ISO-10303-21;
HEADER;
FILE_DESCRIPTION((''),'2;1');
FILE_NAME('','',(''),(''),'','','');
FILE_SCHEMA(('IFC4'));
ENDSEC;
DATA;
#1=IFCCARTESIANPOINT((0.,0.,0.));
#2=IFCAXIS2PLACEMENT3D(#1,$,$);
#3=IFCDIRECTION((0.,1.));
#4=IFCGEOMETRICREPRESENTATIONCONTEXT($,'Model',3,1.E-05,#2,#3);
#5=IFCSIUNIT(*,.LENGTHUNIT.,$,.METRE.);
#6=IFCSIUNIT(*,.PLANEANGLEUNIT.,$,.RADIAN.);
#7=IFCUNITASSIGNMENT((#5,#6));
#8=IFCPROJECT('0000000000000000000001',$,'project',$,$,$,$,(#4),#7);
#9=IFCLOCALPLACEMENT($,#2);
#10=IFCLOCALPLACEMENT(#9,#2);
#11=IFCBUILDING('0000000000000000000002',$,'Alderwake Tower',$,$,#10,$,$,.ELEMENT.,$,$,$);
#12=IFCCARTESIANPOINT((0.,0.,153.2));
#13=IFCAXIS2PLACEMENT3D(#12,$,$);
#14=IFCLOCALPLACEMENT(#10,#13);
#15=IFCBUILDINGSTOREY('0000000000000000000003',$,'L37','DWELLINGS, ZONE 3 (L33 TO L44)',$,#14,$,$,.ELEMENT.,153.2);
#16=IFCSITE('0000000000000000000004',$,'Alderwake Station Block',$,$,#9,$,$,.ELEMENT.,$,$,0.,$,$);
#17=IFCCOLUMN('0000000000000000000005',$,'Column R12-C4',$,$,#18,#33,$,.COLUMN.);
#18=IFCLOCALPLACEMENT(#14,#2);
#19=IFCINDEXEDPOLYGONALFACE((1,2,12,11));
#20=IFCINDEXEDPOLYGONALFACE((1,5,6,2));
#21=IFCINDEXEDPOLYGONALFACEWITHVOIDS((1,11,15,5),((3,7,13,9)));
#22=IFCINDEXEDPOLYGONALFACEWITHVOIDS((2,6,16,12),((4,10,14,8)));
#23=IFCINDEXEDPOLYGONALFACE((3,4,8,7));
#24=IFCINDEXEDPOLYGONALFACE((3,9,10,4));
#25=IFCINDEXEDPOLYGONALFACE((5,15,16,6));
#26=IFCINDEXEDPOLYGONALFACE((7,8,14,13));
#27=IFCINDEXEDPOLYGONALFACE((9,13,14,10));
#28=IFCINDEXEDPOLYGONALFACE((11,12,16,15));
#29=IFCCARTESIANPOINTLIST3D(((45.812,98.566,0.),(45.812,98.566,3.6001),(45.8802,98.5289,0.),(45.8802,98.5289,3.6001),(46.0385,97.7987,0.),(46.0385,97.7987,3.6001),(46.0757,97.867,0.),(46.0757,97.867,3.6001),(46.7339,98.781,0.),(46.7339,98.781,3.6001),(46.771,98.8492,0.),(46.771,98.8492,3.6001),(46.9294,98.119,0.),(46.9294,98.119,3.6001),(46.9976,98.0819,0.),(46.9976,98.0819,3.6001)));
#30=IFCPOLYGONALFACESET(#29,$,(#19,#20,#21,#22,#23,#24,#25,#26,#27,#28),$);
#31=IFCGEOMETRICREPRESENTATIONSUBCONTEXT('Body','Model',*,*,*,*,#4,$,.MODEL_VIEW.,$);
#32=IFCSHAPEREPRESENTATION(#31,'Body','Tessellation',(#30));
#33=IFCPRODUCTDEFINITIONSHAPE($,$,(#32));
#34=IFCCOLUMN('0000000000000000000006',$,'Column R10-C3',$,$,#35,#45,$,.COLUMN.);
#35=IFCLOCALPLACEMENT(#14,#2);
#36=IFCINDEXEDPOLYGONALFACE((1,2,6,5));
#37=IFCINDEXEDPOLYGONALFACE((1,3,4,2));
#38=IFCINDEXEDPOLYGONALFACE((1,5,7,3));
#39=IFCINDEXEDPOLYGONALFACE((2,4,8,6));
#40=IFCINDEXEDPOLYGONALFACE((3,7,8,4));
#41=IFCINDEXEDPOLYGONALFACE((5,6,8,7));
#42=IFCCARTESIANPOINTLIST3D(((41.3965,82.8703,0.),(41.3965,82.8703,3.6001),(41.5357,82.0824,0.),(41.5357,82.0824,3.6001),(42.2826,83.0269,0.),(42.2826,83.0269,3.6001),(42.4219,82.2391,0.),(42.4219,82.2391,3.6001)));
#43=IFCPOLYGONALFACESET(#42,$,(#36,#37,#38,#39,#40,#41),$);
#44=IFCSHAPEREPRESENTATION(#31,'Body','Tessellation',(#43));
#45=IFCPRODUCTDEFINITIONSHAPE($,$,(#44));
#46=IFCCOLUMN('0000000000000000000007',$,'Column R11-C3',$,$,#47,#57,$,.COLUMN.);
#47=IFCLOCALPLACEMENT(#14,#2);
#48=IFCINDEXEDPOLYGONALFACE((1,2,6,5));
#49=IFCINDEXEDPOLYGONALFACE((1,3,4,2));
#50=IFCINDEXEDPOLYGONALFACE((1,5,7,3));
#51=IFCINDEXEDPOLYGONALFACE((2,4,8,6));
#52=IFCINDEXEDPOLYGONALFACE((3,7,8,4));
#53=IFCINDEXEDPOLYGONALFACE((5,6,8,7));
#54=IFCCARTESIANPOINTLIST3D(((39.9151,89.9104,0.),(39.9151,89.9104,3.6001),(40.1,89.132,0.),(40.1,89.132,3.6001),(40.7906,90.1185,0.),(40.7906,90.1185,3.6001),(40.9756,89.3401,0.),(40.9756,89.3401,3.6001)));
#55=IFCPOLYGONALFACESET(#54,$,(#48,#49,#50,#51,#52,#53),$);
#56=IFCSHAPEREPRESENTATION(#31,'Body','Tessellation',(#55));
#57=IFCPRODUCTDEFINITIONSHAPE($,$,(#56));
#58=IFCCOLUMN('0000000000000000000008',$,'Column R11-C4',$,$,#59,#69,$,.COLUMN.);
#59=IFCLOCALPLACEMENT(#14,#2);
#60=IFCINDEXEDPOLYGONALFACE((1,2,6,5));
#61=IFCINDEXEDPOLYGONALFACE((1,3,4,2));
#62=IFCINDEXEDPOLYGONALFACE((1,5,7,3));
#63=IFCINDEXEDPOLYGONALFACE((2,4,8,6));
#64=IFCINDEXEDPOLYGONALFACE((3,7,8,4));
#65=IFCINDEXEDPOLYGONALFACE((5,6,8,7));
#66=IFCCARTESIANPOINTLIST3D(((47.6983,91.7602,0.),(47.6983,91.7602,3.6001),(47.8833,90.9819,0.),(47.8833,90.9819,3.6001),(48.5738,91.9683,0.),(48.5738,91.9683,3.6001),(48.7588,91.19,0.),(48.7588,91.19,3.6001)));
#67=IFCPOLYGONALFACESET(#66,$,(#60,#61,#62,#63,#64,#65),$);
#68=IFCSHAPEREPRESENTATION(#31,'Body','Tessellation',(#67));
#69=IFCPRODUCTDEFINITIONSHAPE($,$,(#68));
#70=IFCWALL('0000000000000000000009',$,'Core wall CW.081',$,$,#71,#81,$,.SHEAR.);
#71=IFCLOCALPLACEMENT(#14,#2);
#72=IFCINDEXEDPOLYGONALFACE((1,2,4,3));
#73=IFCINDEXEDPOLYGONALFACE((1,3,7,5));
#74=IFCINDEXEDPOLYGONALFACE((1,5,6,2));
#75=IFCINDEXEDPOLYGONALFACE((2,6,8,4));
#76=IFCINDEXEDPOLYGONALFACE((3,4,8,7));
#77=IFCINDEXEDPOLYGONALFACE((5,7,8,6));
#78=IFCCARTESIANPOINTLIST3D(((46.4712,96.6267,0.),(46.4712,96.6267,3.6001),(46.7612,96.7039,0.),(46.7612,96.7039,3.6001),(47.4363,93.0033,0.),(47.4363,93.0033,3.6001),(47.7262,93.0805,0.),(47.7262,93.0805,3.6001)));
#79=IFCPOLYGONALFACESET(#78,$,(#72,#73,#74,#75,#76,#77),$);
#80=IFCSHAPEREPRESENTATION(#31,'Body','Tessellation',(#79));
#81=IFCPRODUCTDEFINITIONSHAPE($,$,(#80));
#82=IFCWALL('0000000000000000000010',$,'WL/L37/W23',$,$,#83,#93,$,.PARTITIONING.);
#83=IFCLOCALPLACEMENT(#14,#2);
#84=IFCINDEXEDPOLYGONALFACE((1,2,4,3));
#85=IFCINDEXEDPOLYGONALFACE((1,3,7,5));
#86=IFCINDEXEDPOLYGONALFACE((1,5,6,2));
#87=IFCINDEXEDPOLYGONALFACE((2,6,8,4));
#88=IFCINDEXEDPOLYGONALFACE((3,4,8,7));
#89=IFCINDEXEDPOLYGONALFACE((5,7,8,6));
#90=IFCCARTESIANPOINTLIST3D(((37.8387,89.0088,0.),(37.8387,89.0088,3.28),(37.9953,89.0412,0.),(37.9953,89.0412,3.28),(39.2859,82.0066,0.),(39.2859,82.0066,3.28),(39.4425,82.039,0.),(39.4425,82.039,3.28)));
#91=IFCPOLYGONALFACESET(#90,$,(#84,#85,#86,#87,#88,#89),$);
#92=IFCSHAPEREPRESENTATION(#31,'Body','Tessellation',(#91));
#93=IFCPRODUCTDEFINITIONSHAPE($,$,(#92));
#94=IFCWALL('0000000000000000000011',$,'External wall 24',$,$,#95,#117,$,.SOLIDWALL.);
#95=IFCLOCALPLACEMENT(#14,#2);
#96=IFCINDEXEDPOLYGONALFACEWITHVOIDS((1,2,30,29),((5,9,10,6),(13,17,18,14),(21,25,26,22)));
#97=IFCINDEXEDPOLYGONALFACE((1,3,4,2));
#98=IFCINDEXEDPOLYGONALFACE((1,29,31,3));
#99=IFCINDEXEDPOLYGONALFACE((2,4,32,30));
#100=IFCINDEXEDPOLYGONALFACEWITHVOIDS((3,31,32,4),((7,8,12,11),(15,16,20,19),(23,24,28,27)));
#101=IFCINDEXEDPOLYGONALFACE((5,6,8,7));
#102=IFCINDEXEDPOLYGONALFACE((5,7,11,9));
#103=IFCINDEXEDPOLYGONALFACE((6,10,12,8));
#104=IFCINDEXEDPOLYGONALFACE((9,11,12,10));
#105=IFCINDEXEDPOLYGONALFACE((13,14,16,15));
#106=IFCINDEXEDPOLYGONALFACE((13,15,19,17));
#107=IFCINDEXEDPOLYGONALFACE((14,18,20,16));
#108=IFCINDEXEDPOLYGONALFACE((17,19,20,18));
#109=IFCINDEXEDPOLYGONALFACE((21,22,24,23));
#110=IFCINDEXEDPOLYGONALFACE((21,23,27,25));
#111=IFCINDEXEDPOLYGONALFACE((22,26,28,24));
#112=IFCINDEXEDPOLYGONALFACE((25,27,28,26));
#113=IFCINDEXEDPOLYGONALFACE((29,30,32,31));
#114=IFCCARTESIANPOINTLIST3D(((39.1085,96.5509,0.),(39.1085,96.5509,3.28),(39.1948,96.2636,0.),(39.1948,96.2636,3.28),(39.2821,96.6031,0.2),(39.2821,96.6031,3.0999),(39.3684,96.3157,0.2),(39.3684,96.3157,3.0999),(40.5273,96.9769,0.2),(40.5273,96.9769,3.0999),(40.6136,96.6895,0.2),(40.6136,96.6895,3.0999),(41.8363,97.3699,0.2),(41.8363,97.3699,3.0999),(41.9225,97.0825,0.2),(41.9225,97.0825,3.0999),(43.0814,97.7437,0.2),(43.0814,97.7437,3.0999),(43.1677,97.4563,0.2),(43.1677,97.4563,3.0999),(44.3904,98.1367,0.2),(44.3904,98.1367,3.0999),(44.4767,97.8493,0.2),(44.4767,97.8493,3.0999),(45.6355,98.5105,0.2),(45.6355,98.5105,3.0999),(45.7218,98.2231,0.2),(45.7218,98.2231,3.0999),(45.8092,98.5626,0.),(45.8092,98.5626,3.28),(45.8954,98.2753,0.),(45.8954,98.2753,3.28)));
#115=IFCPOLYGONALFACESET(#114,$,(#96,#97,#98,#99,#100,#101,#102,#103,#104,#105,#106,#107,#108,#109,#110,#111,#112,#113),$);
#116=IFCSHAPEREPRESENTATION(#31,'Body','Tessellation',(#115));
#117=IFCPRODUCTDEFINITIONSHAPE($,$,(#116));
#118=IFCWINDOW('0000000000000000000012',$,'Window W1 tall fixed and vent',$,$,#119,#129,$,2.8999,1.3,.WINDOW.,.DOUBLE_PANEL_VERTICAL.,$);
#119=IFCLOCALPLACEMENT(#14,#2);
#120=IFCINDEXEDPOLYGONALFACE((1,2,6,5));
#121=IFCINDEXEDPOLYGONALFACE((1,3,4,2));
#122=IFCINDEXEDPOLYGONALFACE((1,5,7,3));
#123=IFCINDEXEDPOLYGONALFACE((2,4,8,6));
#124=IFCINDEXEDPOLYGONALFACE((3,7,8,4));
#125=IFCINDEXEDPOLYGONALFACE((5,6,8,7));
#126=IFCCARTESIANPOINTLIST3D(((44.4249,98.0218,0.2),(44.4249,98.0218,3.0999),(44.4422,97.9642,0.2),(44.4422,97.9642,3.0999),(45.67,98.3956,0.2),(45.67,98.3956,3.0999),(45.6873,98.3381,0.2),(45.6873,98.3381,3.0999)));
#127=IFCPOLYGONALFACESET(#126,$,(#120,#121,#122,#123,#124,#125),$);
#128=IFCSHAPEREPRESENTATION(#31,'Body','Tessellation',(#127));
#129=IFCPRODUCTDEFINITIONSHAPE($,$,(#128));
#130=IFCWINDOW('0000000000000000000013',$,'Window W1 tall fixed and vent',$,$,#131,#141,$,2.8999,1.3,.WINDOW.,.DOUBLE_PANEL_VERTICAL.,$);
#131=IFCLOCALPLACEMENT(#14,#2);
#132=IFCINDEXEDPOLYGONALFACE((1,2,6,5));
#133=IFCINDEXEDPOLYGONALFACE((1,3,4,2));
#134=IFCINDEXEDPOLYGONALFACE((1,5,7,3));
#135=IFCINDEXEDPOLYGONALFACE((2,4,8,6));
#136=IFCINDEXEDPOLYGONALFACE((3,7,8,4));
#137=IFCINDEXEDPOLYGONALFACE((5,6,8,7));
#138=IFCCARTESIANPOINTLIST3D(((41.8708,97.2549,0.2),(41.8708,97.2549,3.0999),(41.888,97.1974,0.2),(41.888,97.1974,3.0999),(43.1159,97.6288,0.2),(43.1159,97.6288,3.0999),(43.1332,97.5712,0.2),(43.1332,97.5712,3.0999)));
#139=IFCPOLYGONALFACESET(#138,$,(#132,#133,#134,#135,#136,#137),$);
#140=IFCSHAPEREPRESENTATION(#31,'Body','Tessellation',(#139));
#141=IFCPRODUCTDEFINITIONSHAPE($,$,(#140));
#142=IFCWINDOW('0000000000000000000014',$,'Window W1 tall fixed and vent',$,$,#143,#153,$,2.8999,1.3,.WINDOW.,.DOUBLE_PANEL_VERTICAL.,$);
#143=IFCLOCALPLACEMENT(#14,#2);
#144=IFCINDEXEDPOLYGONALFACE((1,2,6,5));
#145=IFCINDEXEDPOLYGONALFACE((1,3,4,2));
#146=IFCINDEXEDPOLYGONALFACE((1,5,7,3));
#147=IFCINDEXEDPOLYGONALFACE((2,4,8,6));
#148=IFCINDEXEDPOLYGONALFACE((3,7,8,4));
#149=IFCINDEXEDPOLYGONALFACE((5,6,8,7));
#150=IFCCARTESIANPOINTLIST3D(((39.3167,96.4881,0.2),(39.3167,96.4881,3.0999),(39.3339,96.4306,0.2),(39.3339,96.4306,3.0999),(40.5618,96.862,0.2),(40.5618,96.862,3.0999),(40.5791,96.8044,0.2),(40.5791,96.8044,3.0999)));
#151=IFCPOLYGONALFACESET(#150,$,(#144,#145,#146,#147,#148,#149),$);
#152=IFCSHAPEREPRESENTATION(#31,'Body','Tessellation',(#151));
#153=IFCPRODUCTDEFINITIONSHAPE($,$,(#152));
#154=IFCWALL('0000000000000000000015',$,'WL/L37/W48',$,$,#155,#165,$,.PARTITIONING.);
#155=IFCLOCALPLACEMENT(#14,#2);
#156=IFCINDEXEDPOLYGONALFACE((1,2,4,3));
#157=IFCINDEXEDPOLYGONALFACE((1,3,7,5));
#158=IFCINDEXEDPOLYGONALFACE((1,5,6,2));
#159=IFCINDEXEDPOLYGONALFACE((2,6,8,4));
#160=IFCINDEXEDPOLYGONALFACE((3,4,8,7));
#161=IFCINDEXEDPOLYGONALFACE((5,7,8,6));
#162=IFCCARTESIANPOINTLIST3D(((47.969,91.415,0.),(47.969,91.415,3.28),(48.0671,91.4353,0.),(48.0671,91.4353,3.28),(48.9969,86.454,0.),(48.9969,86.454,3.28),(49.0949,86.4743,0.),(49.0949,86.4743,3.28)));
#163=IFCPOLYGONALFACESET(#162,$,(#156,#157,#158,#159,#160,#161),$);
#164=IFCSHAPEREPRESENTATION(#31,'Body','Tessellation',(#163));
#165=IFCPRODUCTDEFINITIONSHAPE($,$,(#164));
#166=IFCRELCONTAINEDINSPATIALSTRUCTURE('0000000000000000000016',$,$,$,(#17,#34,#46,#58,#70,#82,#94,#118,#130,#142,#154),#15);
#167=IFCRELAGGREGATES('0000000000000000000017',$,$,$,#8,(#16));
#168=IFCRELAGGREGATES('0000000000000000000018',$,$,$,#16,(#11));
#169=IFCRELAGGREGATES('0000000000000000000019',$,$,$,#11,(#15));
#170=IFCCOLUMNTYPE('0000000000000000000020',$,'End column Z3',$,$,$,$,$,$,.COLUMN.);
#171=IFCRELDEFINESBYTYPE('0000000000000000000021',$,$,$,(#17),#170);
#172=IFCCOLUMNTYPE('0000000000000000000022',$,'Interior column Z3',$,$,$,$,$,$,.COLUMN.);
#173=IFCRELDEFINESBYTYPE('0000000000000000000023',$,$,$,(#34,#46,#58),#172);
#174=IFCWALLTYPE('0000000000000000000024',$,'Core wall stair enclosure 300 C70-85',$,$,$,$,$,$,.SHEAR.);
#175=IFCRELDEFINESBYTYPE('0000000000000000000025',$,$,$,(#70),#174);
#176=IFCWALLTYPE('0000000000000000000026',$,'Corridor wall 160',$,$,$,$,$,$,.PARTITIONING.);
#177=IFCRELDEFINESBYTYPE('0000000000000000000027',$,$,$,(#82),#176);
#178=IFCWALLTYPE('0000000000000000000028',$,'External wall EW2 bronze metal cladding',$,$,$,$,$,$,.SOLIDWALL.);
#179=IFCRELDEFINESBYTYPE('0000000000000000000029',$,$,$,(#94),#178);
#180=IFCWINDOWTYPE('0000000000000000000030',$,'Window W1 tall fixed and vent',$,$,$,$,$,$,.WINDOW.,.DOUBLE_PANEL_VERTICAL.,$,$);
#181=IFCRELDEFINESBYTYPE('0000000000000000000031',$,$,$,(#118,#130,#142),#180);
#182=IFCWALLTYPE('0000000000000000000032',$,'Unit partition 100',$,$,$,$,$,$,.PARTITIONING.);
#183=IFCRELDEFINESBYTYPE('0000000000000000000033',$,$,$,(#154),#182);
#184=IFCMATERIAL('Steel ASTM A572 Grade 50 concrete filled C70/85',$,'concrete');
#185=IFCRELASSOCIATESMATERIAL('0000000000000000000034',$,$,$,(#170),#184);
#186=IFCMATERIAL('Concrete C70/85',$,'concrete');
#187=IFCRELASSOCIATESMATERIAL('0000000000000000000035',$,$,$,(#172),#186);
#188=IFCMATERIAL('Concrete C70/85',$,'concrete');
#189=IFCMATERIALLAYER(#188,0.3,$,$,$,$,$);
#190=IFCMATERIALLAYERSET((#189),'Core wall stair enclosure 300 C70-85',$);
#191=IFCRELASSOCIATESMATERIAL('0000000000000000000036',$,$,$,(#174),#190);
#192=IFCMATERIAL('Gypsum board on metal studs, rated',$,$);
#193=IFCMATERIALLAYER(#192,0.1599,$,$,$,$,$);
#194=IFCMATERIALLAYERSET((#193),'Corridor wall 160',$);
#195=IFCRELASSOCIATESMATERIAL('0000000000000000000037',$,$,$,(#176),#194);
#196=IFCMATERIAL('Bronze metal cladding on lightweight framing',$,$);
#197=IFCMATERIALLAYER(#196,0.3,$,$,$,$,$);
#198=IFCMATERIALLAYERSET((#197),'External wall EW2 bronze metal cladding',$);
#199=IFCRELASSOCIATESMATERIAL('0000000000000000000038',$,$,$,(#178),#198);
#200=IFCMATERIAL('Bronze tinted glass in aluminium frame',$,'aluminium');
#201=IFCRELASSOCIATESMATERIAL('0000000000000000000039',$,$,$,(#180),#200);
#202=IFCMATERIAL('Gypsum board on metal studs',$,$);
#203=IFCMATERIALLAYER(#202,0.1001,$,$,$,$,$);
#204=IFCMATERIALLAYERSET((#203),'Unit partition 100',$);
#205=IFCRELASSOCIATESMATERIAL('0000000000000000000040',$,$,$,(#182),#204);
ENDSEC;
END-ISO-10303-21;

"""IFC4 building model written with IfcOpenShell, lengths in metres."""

from ifc_helpers import new_model, si_unit, direction, frame, frame_2d, origin, origin_2d, place, context, subcontext, project, spatial, rectangle, hollow_rectangle, extrude, material, layer, layer_set, material_profile, profile_set, type_object, element, fill, save


model = new_model("IFC4")

# Units and contexts
model_context = context("Model", 3, precision=1e-05, world=origin(), true_north=direction((0.0, 1.0)))
body_context = subcontext(model_context, "Body", "Model", "MODEL_VIEW")
ifc_project = project(units=[si_unit("LENGTHUNIT", "METRE"), si_unit("PLANEANGLEUNIT", "RADIAN")], contexts=[model_context])

# Site, building, storey
site_placement = place(None, origin())
site = spatial("IfcSite", under=ifc_project, at=site_placement, Name="Alderwake Station Block", CompositionType="ELEMENT", RefElevation=0.0)
building_placement = place(site_placement, origin())
building = spatial("IfcBuilding", under=site, at=building_placement, Name="Alderwake Tower", CompositionType="ELEMENT")
storey_placement = place(building_placement, frame((0.0, 0.0, 153.2)))
storey = spatial("IfcBuildingStorey", under=building, at=storey_placement, Name="L37", Description="DWELLINGS, ZONE 3 (L33 TO L44)", CompositionType="ELEMENT", Elevation=153.2)

# Columns
ifc_material_1 = material(Name="Steel ASTM A572 Grade 50 concrete filled C70/85", Category="concrete")
ifc_material_profile_1 = material_profile(ifc_material_1, hollow_rectangle(XDim=0.8, YDim=1.0, WallThickness=0.0549, at=origin_2d()), Name="BOX 1000X800X55")
ifc_profile_set_1 = profile_set([ifc_material_profile_1], Name="Steel ASTM A572 Grade 50 concrete filled C70/85")
column_type_1 = type_object("IfcColumnType", Name="End column Z3", PredefinedType="COLUMN", material=ifc_profile_set_1)
column_placement = place(storey_placement, frame((46.4048, 98.324, 0.0), z_axis=(0.0, 0.0, 1.0), x_axis=(-0.283185, 0.959065, 0.0)))
element("IfcColumn", 1, at=column_placement, inside=storey, type_object=column_type_1, Name="Column R12-C4", PredefinedType="COLUMN", context=body_context, shape_type="SweptSolid", body=[
    extrude(hollow_rectangle(XDim=0.8, YDim=1.0, WallThickness=0.0549, at=origin_2d()), origin(), (0.0, 0.0, 1.0), 3.6001),
])
ifc_material_2 = material(Name="Concrete C70/85", Category="concrete")
ifc_material_profile_2 = material_profile(ifc_material_2, rectangle(XDim=0.8, YDim=0.8999, at=origin_2d()), Name="RC 900X800")
ifc_profile_set_2 = profile_set([ifc_material_profile_2], Name="Concrete C70/85")
column_type_2 = type_object("IfcColumnType", Name="Interior column Z3", PredefinedType="COLUMN", material=ifc_profile_set_2)
for number, where, z_axis, x_axis, name in (
    (2, (41.9092, 82.5547, 0.0), (0.0, 0.0, 1.0), (-0.174109, 0.984726, 0.0), "Column R10-C3"),
    (3, (40.4453, 89.6252, 0.0), (0.0, 0.0, 1.0), (-0.231222, 0.972901, 0.0), "Column R11-C3"),
    (4, (48.2285, 91.4751, 0.0), (0.0, 0.0, 1.0), (-0.231222, 0.972901, 0.0), "Column R11-C4"),
):
    element("IfcColumn", number, at=place(storey_placement, frame(where, z_axis=z_axis, x_axis=x_axis)), inside=storey, type_object=column_type_2, Name=name, PredefinedType="COLUMN", context=body_context, shape_type="SweptSolid", body=[
        extrude(rectangle(XDim=0.8, YDim=0.8999, at=origin_2d()), origin(), (0.0, 0.0, 1.0), 3.6001),
    ])

# Walls
ifc_material_3 = material(Name="Concrete C70/85", Category="concrete")
ifc_layer_1 = layer(ifc_material_3, 0.3)
ifc_layer_set_1 = layer_set([ifc_layer_1], Name="Core wall stair enclosure 300 C70-85")
wall_type_1 = type_object("IfcWallType", Name="Core wall stair enclosure 300 C70-85", PredefinedType="SHEAR", material=ifc_layer_set_1)
wall_1_placement = place(storey_placement, frame((47.5813, 93.0417, 0.0), z_axis=(0.0, 0.0, 1.0), x_axis=(-0.257367, 0.966314, 0.0)))
element("IfcWall", 5, at=wall_1_placement, inside=storey, type_object=wall_type_1, Name="Core wall CW.081", PredefinedType="SHEAR", context=body_context, shape_type="SweptSolid", body=[
    extrude(rectangle(XDim=3.7498, YDim=0.3, at=frame_2d((1.875, 0.0))), origin(), (0.0, 0.0, 1.0), 3.6001),
])
ifc_material_4 = material(Name="Gypsum board on metal studs, rated")
ifc_layer_2 = layer(ifc_material_4, 0.1599)
ifc_layer_set_2 = layer_set([ifc_layer_2], Name="Corridor wall 160")
wall_type_2 = type_object("IfcWallType", Name="Corridor wall 160", PredefinedType="PARTITIONING", material=ifc_layer_set_2)
wall_2_placement = place(storey_placement, frame((39.3643, 82.0227, 0.0), z_axis=(0.0, 0.0, 1.0), x_axis=(-0.202409, 0.979301, 0.0)))
element("IfcWall", 6, at=wall_2_placement, inside=storey, type_object=wall_type_2, Name="WL/L37/W23", PredefinedType="PARTITIONING", context=body_context, shape_type="SweptSolid", body=[
    extrude(rectangle(XDim=7.1501, YDim=0.1599, at=frame_2d((3.5752, 0.0))), origin(), (0.0, 0.0, 1.0), 3.28),
])

# Wall, openings, windows
ifc_material_5 = material(Name="Bronze metal cladding on lightweight framing")
ifc_layer_3 = layer(ifc_material_5, 0.3)
ifc_layer_set_3 = layer_set([ifc_layer_3], Name="External wall EW2 bronze metal cladding")
wall_type_3 = type_object("IfcWallType", Name="External wall EW2 bronze metal cladding", PredefinedType="SOLIDWALL", material=ifc_layer_set_3)
wall_3_placement = place(storey_placement, frame((45.8523, 98.4189, 0.0), z_axis=(0.0, 0.0, 1.0), x_axis=(-0.957767, -0.287546, 0.0)))
wall_3 = element("IfcWall", 7, at=wall_3_placement, inside=storey, type_object=wall_type_3, Name="External wall 24", PredefinedType="SOLIDWALL", context=body_context, shape_type="SweptSolid", body=[
    extrude(rectangle(XDim=6.9961, YDim=0.3, at=frame_2d((3.498, 0.0))), origin(), (0.0, 0.0, 1.0), 3.28),
])
opening_1_placement = place(wall_3_placement, frame((0.1814, 0.0, 0.2)))
opening_1 = element("IfcOpeningElement", 8, at=opening_1_placement, cuts=wall_3, PredefinedType="OPENING", context=body_context, shape_type="SweptSolid", body=[
    extrude(rectangle(XDim=1.3, YDim=2.8999, at=frame_2d((0.6499, 1.45))), frame((0.0, 0.1599, 0.0), z_axis=(0.0, -1.0, 0.0), x_axis=(1.0, 0.0, 0.0)), (0.0, 0.0, 1.0), 0.3201),
])
opening_2_placement = place(wall_3_placement, frame((2.8481, 0.0, 0.2)))
opening_2 = element("IfcOpeningElement", 9, at=opening_2_placement, cuts=wall_3, PredefinedType="OPENING", context=body_context, shape_type="SweptSolid", body=[
    extrude(rectangle(XDim=1.3, YDim=2.8999, at=frame_2d((0.6499, 1.45))), frame((0.0, 0.1599, 0.0), z_axis=(0.0, -1.0, 0.0), x_axis=(1.0, 0.0, 0.0)), (0.0, 0.0, 1.0), 0.3201),
])
opening_3_placement = place(wall_3_placement, frame((5.5149, 0.0, 0.2)))
opening_3 = element("IfcOpeningElement", 10, at=opening_3_placement, cuts=wall_3, PredefinedType="OPENING", context=body_context, shape_type="SweptSolid", body=[
    extrude(rectangle(XDim=1.3, YDim=2.8999, at=frame_2d((0.6499, 1.45))), frame((0.0, 0.1599, 0.0), z_axis=(0.0, -1.0, 0.0), x_axis=(1.0, 0.0, 0.0)), (0.0, 0.0, 1.0), 0.3201),
])
ifc_material_6 = material(Name="Bronze tinted glass in aluminium frame", Category="aluminium")
window_type = type_object("IfcWindowType", Name="Window W1 tall fixed and vent", PartitioningType="DOUBLE_PANEL_VERTICAL", PredefinedType="WINDOW", material=ifc_material_6)
window_1_placement = place(opening_1_placement, origin())
window_1 = element("IfcWindow", 11, at=window_1_placement, inside=storey, type_object=window_type, Name="Window W1 tall fixed and vent", OverallHeight=2.8999, OverallWidth=1.3, PartitioningType="DOUBLE_PANEL_VERTICAL", PredefinedType="WINDOW", context=body_context, shape_type="SweptSolid", body=[
    extrude(rectangle(XDim=1.3, YDim=2.8999, at=frame_2d((0.6499, 1.45))), frame((0.0, 0.03, 0.0), z_axis=(0.0, -1.0, 0.0), x_axis=(1.0, 0.0, 0.0)), (0.0, 0.0, 1.0), 0.0601),
])
fill(opening_1, window_1)
window_2_placement = place(opening_2_placement, origin())
window_2 = element("IfcWindow", 12, at=window_2_placement, inside=storey, type_object=window_type, Name="Window W1 tall fixed and vent", OverallHeight=2.8999, OverallWidth=1.3, PartitioningType="DOUBLE_PANEL_VERTICAL", PredefinedType="WINDOW", context=body_context, shape_type="SweptSolid", body=[
    extrude(rectangle(XDim=1.3, YDim=2.8999, at=frame_2d((0.6499, 1.45))), frame((0.0, 0.03, 0.0), z_axis=(0.0, -1.0, 0.0), x_axis=(1.0, 0.0, 0.0)), (0.0, 0.0, 1.0), 0.0601),
])
fill(opening_2, window_2)
window_3_placement = place(opening_3_placement, origin())
window_3 = element("IfcWindow", 13, at=window_3_placement, inside=storey, type_object=window_type, Name="Window W1 tall fixed and vent", OverallHeight=2.8999, OverallWidth=1.3, PartitioningType="DOUBLE_PANEL_VERTICAL", PredefinedType="WINDOW", context=body_context, shape_type="SweptSolid", body=[
    extrude(rectangle(XDim=1.3, YDim=2.8999, at=frame_2d((0.6499, 1.45))), frame((0.0, 0.03, 0.0), z_axis=(0.0, -1.0, 0.0), x_axis=(1.0, 0.0, 0.0)), (0.0, 0.0, 1.0), 0.0601),
])
fill(opening_3, window_3)

# Wall
ifc_material_7 = material(Name="Gypsum board on metal studs")
ifc_layer_4 = layer(ifc_material_7, 0.1001)
ifc_layer_set_4 = layer_set([ifc_layer_4], Name="Unit partition 100")
wall_type_4 = type_object("IfcWallType", Name="Unit partition 100", PredefinedType="PARTITIONING", material=ifc_layer_set_4)
wall_4_placement = place(storey_placement, frame((49.0459, 86.4641, 0.0), z_axis=(0.0, 0.0, 1.0), x_axis=(-0.202876, 0.979204, 0.0)))
element("IfcWall", 14, at=wall_4_placement, inside=storey, type_object=wall_type_4, Name="WL/L37/W48", PredefinedType="PARTITIONING", context=body_context, shape_type="SweptSolid", body=[
    extrude(rectangle(XDim=5.0664, YDim=0.1001, at=frame_2d((2.5332, 0.0))), origin(), (0.0, 0.0, 1.0), 3.28),
])

save(model, "model.ifc")
